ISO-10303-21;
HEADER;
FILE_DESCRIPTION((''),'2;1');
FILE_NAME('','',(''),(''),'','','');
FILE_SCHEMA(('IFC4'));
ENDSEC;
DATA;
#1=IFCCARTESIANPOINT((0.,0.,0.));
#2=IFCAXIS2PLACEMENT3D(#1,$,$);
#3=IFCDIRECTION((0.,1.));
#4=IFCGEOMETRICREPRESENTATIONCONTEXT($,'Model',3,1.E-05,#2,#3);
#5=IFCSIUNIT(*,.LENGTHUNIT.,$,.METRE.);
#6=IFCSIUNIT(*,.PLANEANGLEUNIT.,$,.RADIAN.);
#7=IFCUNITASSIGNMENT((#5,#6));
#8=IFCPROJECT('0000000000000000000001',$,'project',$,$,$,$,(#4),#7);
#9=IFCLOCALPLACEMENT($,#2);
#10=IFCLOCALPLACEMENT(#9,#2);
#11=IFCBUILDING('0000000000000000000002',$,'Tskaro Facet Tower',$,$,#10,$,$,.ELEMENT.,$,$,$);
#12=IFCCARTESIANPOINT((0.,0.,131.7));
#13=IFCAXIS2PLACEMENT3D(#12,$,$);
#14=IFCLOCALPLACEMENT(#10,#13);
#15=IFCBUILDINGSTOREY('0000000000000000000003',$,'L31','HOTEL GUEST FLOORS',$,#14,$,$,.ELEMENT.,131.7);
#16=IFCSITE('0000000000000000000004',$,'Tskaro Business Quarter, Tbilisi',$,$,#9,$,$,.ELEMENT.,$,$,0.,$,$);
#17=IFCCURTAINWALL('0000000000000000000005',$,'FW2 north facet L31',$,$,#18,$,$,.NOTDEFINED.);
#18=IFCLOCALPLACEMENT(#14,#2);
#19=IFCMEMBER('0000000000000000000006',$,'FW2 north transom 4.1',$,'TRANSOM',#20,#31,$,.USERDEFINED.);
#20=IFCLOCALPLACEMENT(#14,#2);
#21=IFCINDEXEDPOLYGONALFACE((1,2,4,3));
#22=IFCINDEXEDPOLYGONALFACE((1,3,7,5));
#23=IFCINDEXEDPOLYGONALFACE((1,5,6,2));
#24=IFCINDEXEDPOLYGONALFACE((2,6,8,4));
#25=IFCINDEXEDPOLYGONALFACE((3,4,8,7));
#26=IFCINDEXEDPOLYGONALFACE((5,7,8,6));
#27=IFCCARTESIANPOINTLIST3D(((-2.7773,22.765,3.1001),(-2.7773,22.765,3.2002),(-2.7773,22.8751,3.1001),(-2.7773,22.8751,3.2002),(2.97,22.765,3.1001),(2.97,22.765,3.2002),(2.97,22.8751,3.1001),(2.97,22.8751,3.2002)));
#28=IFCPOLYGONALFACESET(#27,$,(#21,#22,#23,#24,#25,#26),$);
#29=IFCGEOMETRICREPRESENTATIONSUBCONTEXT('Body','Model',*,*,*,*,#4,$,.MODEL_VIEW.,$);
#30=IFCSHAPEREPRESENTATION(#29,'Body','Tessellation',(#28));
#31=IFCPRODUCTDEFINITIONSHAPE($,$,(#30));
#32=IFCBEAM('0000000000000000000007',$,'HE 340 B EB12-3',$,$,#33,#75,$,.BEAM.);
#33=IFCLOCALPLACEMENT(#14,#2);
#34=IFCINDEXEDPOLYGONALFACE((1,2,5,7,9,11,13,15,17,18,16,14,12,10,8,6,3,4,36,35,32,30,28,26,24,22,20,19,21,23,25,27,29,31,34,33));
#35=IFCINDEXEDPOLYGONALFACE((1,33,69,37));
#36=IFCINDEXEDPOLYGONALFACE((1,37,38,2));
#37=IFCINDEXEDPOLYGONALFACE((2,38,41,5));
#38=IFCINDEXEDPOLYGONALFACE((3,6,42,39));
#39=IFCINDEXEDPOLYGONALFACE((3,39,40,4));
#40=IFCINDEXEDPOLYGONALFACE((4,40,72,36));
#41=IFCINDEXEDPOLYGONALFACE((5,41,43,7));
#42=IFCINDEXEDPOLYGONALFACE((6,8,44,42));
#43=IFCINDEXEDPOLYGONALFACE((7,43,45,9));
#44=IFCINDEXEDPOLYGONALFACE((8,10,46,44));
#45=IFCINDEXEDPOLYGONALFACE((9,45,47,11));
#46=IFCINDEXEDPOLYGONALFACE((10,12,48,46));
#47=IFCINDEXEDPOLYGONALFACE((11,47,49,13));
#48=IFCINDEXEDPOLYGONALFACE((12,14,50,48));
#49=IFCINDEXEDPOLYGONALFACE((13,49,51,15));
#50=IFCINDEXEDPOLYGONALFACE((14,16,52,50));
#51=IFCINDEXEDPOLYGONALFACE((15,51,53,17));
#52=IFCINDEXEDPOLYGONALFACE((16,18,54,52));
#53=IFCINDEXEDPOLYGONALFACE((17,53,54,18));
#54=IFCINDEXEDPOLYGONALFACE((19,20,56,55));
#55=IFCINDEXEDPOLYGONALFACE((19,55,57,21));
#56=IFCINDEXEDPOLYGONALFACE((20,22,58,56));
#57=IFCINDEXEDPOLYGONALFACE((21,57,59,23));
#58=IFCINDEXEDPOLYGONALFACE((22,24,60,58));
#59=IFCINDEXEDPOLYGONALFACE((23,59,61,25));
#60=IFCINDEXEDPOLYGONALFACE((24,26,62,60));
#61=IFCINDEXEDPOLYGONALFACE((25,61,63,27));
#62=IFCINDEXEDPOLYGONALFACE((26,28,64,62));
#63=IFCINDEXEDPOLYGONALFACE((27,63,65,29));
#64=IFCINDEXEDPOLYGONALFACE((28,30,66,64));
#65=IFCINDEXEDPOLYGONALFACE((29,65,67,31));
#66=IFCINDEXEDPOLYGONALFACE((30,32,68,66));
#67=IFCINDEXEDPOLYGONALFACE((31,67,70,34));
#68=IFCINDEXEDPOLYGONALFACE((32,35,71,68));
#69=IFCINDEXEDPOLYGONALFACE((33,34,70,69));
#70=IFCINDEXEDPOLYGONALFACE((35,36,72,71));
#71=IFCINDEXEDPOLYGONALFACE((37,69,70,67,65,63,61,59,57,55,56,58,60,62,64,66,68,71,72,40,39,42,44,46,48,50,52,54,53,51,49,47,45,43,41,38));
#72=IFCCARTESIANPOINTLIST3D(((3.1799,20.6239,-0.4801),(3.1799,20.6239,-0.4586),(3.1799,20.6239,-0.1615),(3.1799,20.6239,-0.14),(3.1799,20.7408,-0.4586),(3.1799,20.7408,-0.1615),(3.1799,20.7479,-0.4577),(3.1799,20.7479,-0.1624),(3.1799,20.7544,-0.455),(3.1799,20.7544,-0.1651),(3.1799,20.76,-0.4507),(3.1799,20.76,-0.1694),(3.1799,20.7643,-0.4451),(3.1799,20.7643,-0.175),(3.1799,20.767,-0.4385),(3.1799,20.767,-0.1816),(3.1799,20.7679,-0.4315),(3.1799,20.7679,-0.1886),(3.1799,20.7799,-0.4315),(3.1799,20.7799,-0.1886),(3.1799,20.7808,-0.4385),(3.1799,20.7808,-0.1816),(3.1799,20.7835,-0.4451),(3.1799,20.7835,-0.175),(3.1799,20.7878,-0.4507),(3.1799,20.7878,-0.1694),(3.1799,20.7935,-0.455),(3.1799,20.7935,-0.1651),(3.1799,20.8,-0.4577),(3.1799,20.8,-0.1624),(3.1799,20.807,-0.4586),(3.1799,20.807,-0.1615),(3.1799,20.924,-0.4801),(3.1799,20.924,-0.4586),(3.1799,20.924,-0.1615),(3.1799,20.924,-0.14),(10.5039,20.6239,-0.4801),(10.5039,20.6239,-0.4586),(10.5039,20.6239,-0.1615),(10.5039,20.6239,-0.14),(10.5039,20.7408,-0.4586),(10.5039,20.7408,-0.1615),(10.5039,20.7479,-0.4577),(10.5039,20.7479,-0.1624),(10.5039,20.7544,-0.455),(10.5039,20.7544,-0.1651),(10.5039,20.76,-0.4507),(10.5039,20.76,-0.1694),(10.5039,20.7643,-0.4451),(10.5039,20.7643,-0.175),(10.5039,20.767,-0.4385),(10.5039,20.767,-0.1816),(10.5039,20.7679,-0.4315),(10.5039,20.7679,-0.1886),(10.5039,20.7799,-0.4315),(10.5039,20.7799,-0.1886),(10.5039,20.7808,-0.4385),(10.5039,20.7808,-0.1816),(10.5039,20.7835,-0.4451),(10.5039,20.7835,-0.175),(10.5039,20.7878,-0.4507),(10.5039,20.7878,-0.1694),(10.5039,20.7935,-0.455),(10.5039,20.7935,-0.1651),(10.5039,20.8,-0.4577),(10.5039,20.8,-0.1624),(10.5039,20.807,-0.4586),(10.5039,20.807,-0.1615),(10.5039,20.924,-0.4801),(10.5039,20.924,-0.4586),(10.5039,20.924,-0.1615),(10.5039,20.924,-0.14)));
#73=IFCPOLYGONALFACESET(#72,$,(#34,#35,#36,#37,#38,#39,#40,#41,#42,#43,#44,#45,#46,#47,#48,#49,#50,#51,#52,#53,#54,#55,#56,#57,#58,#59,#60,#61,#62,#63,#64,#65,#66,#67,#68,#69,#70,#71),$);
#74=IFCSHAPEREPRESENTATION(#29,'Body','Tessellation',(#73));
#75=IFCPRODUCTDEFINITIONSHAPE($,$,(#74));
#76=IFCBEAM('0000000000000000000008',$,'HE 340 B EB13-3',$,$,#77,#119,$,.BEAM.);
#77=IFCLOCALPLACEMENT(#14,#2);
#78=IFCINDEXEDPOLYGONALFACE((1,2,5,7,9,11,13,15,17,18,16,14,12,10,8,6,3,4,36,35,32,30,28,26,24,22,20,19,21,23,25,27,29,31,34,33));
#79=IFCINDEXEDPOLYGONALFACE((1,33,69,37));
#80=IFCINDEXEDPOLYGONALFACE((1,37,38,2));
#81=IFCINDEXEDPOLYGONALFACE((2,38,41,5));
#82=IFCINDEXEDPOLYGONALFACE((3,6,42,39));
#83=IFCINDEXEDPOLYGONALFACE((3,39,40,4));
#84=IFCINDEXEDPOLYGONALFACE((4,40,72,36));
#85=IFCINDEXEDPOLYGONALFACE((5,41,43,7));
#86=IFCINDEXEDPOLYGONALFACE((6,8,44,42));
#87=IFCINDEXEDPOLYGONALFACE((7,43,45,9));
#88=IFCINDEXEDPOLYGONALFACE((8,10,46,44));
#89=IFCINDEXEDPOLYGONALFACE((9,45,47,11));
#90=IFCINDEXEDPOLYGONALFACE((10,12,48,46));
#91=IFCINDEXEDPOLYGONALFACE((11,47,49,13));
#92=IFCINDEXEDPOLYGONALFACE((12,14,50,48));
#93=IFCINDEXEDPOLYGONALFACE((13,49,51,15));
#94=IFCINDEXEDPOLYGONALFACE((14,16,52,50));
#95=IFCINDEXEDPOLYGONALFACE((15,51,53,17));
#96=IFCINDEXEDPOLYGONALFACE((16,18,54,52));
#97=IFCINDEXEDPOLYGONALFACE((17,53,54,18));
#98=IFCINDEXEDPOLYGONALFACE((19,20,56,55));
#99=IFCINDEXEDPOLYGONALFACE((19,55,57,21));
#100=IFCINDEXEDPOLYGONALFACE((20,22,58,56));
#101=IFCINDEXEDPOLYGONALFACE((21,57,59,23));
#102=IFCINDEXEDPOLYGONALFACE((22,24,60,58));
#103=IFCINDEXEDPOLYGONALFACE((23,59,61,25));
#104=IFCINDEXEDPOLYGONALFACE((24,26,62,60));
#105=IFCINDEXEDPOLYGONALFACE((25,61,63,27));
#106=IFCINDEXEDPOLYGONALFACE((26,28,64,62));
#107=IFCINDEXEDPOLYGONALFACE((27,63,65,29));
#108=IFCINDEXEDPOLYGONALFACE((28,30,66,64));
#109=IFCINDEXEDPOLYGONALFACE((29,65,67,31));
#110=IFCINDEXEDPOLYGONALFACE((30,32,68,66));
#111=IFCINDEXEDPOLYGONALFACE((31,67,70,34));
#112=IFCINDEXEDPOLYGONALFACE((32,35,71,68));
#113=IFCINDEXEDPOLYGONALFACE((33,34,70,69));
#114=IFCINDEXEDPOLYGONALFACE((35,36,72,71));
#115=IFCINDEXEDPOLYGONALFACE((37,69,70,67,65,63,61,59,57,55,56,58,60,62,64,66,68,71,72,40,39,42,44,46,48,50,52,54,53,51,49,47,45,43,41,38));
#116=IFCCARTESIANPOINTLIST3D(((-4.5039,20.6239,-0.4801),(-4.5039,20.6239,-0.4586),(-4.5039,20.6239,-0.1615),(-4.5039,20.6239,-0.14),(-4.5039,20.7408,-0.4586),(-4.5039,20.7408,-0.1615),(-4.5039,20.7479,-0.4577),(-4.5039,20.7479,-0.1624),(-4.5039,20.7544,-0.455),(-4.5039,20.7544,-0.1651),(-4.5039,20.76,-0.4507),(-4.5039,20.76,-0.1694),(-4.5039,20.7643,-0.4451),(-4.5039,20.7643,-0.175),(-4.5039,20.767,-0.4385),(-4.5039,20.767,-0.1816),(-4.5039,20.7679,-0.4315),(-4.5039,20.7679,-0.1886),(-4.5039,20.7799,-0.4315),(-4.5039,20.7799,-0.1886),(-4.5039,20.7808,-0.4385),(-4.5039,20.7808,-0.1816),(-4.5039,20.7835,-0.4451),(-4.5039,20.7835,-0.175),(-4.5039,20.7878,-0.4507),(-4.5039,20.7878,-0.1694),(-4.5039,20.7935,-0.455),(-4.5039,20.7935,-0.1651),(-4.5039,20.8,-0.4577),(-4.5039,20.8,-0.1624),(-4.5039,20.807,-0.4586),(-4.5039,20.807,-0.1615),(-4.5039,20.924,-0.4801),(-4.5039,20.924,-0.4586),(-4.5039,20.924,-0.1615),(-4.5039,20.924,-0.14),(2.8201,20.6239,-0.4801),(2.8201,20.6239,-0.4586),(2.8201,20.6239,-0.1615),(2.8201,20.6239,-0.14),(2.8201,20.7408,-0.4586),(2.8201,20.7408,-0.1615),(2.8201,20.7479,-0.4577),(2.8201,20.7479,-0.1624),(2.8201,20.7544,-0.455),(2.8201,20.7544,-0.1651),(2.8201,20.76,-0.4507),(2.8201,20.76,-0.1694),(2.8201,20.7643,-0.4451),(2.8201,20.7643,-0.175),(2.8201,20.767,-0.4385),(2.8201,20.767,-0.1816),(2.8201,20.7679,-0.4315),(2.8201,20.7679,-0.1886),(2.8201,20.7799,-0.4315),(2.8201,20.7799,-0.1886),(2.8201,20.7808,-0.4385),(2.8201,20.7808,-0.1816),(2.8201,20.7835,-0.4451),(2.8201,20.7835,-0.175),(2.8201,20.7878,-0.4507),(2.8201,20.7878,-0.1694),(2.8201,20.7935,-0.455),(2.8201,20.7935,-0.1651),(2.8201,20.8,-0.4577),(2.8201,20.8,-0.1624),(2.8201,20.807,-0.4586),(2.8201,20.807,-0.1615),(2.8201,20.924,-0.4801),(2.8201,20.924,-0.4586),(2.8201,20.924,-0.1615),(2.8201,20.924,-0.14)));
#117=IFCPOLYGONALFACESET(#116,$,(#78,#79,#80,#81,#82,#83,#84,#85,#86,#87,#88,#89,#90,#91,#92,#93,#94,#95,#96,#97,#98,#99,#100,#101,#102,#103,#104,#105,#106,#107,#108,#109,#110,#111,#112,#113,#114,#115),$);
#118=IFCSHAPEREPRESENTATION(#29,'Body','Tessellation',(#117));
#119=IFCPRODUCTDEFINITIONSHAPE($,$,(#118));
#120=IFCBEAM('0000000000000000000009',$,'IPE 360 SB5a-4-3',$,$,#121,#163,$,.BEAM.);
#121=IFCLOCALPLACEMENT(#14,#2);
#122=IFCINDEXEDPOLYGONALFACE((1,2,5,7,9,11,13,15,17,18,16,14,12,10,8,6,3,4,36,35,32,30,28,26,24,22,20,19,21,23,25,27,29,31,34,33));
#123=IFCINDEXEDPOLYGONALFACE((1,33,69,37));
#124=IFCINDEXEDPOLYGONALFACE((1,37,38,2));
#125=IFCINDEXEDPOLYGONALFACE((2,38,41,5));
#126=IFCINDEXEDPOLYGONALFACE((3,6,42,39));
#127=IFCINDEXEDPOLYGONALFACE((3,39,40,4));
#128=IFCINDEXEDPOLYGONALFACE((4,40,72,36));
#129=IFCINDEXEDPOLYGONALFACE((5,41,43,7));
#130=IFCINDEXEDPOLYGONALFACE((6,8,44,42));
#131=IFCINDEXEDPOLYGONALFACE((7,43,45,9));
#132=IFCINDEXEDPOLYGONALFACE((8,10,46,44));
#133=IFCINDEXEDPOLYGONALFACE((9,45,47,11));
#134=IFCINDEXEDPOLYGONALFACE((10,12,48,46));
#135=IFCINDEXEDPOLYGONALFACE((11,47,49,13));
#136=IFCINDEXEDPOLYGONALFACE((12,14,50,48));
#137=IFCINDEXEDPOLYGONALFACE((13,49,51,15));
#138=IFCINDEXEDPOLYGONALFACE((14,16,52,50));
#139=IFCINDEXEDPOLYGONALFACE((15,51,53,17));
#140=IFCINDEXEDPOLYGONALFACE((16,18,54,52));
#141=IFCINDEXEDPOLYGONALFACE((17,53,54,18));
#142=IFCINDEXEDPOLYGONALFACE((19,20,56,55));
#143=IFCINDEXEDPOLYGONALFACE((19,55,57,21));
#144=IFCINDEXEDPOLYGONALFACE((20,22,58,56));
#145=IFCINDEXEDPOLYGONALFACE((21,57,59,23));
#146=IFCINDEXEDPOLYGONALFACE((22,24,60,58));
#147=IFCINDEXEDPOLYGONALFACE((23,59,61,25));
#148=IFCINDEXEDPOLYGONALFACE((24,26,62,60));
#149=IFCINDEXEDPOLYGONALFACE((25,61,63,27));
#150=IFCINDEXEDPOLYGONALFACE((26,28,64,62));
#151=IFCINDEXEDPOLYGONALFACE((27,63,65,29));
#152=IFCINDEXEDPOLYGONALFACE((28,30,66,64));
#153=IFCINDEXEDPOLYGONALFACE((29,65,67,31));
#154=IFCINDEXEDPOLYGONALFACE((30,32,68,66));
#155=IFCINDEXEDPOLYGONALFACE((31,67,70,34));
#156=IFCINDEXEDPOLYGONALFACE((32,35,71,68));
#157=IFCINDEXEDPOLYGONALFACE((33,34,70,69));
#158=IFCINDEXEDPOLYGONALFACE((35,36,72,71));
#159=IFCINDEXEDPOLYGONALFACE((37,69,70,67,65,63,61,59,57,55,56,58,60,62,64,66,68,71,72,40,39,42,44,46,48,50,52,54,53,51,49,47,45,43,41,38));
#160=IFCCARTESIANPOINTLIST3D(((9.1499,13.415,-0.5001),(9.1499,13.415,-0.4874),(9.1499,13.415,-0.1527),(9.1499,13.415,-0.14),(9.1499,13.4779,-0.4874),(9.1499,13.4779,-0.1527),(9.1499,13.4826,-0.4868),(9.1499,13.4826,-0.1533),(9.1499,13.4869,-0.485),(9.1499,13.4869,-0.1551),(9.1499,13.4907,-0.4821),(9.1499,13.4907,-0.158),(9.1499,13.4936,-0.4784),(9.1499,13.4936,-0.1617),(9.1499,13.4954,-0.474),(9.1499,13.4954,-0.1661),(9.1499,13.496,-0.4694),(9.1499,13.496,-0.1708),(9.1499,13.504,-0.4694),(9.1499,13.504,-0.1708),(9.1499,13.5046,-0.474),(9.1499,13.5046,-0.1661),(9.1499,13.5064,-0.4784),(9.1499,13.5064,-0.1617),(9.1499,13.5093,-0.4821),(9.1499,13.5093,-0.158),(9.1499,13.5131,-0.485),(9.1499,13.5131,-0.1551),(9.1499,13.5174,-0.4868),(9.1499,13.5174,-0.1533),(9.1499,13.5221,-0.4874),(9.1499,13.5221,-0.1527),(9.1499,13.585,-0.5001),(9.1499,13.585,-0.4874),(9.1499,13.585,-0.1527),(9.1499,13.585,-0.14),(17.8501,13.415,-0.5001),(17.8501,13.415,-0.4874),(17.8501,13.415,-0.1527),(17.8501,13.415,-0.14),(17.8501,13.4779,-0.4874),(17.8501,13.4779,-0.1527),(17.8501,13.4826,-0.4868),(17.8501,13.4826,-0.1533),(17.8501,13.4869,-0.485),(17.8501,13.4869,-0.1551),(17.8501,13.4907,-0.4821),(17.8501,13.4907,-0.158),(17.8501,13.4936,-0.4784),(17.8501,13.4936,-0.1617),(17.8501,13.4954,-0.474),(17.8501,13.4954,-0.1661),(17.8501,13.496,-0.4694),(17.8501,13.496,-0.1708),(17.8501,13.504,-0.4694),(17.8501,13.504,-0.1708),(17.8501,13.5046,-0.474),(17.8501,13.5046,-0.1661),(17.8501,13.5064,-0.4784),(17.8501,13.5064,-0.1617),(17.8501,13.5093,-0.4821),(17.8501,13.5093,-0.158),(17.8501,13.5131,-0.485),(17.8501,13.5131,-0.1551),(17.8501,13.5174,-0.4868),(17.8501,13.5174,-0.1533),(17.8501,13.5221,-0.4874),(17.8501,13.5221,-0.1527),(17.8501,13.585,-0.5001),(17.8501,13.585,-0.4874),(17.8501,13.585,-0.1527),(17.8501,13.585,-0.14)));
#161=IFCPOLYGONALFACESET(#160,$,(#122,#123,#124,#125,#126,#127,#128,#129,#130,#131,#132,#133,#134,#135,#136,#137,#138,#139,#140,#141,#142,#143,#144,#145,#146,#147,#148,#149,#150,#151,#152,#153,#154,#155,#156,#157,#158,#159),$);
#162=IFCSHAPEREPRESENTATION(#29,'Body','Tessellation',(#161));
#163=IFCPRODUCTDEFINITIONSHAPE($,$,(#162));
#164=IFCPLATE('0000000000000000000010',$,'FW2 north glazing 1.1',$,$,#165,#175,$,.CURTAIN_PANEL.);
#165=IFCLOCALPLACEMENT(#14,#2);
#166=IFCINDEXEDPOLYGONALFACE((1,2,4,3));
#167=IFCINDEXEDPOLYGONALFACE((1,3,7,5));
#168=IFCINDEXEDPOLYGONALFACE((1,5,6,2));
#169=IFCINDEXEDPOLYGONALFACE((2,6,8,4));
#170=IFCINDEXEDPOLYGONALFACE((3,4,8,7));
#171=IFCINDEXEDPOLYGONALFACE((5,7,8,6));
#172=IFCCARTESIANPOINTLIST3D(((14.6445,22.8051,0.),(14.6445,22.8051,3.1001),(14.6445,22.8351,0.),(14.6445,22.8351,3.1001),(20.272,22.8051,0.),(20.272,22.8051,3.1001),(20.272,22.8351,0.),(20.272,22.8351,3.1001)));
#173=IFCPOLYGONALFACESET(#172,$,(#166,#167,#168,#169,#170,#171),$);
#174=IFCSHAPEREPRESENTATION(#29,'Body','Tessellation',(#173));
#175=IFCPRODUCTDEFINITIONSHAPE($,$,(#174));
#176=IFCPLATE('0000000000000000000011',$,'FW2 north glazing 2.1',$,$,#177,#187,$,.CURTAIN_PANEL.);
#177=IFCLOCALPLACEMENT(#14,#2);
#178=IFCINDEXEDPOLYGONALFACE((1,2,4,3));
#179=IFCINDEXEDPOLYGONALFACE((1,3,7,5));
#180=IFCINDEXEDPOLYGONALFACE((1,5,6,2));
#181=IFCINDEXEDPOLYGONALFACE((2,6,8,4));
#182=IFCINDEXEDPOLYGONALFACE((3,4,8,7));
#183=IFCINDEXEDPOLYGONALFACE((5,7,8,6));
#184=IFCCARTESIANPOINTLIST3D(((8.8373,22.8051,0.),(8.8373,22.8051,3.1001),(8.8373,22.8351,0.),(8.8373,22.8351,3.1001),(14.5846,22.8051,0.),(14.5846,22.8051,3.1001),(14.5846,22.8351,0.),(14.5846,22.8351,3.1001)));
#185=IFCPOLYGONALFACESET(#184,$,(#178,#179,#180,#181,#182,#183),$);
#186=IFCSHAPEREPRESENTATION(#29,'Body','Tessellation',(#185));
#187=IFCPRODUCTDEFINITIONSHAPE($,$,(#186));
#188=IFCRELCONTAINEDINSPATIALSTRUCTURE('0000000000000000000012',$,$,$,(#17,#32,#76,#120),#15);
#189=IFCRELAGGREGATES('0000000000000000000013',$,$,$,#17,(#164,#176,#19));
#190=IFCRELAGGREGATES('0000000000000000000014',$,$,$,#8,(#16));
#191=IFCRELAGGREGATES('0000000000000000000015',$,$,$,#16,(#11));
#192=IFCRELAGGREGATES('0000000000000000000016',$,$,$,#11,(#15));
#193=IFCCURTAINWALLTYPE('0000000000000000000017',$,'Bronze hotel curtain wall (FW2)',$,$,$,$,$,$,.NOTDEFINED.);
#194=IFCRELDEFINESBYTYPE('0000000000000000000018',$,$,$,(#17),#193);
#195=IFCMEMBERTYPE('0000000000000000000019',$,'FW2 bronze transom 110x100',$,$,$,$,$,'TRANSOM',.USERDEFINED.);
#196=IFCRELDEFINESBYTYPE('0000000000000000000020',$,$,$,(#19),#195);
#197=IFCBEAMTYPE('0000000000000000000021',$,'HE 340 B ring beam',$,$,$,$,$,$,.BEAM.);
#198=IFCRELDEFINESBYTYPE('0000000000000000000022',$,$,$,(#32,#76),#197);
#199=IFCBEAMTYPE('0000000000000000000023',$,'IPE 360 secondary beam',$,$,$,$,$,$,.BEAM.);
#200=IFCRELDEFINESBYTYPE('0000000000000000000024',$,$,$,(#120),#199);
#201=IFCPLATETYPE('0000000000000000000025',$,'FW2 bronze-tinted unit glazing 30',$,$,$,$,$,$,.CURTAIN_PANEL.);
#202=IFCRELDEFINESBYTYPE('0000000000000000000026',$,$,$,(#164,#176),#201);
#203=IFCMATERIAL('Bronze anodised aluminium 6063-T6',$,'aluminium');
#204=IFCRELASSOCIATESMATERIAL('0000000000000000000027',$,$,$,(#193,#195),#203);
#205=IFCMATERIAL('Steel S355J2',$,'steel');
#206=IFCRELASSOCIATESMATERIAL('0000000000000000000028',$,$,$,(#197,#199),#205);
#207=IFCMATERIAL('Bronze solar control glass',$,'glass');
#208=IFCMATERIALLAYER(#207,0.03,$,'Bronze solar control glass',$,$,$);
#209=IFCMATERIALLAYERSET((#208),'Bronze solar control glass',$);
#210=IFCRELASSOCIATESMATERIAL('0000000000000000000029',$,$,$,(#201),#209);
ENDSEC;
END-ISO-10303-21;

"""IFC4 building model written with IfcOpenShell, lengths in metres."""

from ifc_helpers import new_model, si_unit, direction, frame, origin, origin_2d, place, context, subcontext, project, spatial, rectangle, i_section, extrude, material, layer, layer_set, material_profile, profile_set, type_object, element, aggregate, save


model = new_model("IFC4")

# Units and contexts
model_context = context("Model", 3, precision=1e-05, world=origin(), true_north=direction((0.0, 1.0)))
body_context = subcontext(model_context, "Body", "Model", "MODEL_VIEW")
ifc_project = project(units=[si_unit("LENGTHUNIT", "METRE"), si_unit("PLANEANGLEUNIT", "RADIAN")], contexts=[model_context])

# Site, building, storey
site_placement = place(None, origin())
site = spatial("IfcSite", under=ifc_project, at=site_placement, Name="Tskaro Business Quarter, Tbilisi", CompositionType="ELEMENT", RefElevation=0.0)
building_placement = place(site_placement, origin())
building = spatial("IfcBuilding", under=site, at=building_placement, Name="Tskaro Facet Tower", CompositionType="ELEMENT")
storey_placement = place(building_placement, frame((0.0, 0.0, 131.7)))
storey = spatial("IfcBuildingStorey", under=building, at=storey_placement, Name="L31", Description="HOTEL GUEST FLOORS", CompositionType="ELEMENT", Elevation=131.7)

# Curtain wall, member
ifc_material_1 = material(Name="Bronze anodised aluminium 6063-T6", Category="aluminium")
curtain_wall_type = type_object("IfcCurtainWallType", Name="Bronze hotel curtain wall (FW2)", PredefinedType="NOTDEFINED", material=ifc_material_1)
curtain_wall_placement = place(storey_placement, origin())
curtain_wall = element("IfcCurtainWall", 1, at=curtain_wall_placement, inside=storey, type_object=curtain_wall_type, Name="FW2 north facet L31", PredefinedType="NOTDEFINED")
ifc_material_profile_1 = material_profile(ifc_material_1, rectangle(XDim=0.1101, YDim=0.1001, at=origin_2d()), Name="Transom 110x100")
ifc_profile_set_1 = profile_set([ifc_material_profile_1], Name="Bronze anodised aluminium 6063-T6")
member_type_1 = type_object("IfcMemberType", Name="FW2 bronze transom 110x100", ElementType="TRANSOM", PredefinedType="USERDEFINED", material=ifc_profile_set_1)
member_1_placement = place(storey_placement, frame((2.97, 22.8201, 3.1501), z_axis=(-1.0, 0.0, 0.0), x_axis=(0.0, -1.0, 0.0)))
member_1 = element("IfcMember", 2, at=member_1_placement, type_object=member_type_1, Name="FW2 north transom 4.1", ObjectType="TRANSOM", PredefinedType="USERDEFINED", context=body_context, shape_type="SweptSolid", body=[
    extrude(rectangle(XDim=0.1101, YDim=0.1001, at=origin_2d()), origin(), (0.0, 0.0, 1.0), 5.7473),
])

# Beams
ifc_material_2 = material(Name="Steel S355J2", Category="steel")
ifc_material_profile_2 = material_profile(ifc_material_2, i_section(OverallWidth=0.3, OverallDepth=0.3401, WebThickness=0.012, FlangeThickness=0.0215, FilletRadius=0.0271, at=origin_2d()), Name="HE 340 B")
ifc_profile_set_2 = profile_set([ifc_material_profile_2], Name="Steel S355J2")
beam_type_1 = type_object("IfcBeamType", Name="HE 340 B ring beam", PredefinedType="BEAM", material=ifc_profile_set_2)
for number, where, z_axis, x_axis, name in (
    (3, (10.5039, 20.7739, -0.3101), (-1.0, 0.0, 0.0), (0.0, -1.0, 0.0), "HE 340 B EB12-3"),
    (4, (2.8201, 20.7739, -0.3101), (-1.0, 0.0, 0.0), (0.0, -1.0, 0.0), "HE 340 B EB13-3"),
):
    element("IfcBeam", number, at=place(storey_placement, frame(where, z_axis=z_axis, x_axis=x_axis)), inside=storey, type_object=beam_type_1, Name=name, PredefinedType="BEAM", context=body_context, shape_type="SweptSolid", body=[
        extrude(i_section(OverallWidth=0.3, OverallDepth=0.3401, WebThickness=0.012, FlangeThickness=0.0215, FilletRadius=0.0271, at=origin_2d()), origin(), (0.0, 0.0, 1.0), 7.324),
    ])
ifc_material_profile_3 = material_profile(ifc_material_2, i_section(OverallWidth=0.1699, OverallDepth=0.3601, WebThickness=0.0081, FlangeThickness=0.0127, FilletRadius=0.0181, at=origin_2d()), Name="IPE 360")
ifc_profile_set_3 = profile_set([ifc_material_profile_3], Name="Steel S355J2")
beam_type_2 = type_object("IfcBeamType", Name="IPE 360 secondary beam", PredefinedType="BEAM", material=ifc_profile_set_3)
beam_placement = place(storey_placement, frame((9.1499, 13.5, -0.3201), z_axis=(1.0, 0.0, 0.0), x_axis=(0.0, 1.0, 0.0)))
element("IfcBeam", 5, at=beam_placement, inside=storey, type_object=beam_type_2, Name="IPE 360 SB5a-4-3", PredefinedType="BEAM", context=body_context, shape_type="SweptSolid", body=[
    extrude(i_section(OverallWidth=0.1699, OverallDepth=0.3601, WebThickness=0.0081, FlangeThickness=0.0127, FilletRadius=0.0181, at=origin_2d()), origin(), (0.0, 0.0, 1.0), 8.7002),
])

# Plates
ifc_material_3 = material(Name="Bronze solar control glass", Category="glass")
ifc_layer_1 = layer(ifc_material_3, 0.03, Name="Bronze solar control glass")
ifc_layer_set_1 = layer_set([ifc_layer_1], Name="Bronze solar control glass")
plate_type = type_object("IfcPlateType", Name="FW2 bronze-tinted unit glazing 30", PredefinedType="CURTAIN_PANEL", material=ifc_layer_set_1)
plate_1_placement = place(storey_placement, frame((17.4583, 22.8201, 0.0), z_axis=(0.0, 0.0, 1.0), x_axis=(-1.0, 0.0, 0.0)))
plate_1 = element("IfcPlate", 6, at=plate_1_placement, type_object=plate_type, Name="FW2 north glazing 1.1", PredefinedType="CURTAIN_PANEL", context=body_context, shape_type="SweptSolid", body=[
    extrude(rectangle(XDim=5.6274, YDim=0.03, at=origin_2d()), origin(), (0.0, 0.0, 1.0), 3.1001),
])
plate_2_placement = place(storey_placement, frame((11.7109, 22.8201, 0.0), z_axis=(0.0, 0.0, 1.0), x_axis=(-1.0, 0.0, 0.0)))
plate_2 = element("IfcPlate", 7, at=plate_2_placement, type_object=plate_type, Name="FW2 north glazing 2.1", PredefinedType="CURTAIN_PANEL", context=body_context, shape_type="SweptSolid", body=[
    extrude(rectangle(XDim=5.7473, YDim=0.03, at=origin_2d()), origin(), (0.0, 0.0, 1.0), 3.1001),
])
aggregate(curtain_wall, [plate_1, plate_2, member_1])

save(model, "model.ifc")
